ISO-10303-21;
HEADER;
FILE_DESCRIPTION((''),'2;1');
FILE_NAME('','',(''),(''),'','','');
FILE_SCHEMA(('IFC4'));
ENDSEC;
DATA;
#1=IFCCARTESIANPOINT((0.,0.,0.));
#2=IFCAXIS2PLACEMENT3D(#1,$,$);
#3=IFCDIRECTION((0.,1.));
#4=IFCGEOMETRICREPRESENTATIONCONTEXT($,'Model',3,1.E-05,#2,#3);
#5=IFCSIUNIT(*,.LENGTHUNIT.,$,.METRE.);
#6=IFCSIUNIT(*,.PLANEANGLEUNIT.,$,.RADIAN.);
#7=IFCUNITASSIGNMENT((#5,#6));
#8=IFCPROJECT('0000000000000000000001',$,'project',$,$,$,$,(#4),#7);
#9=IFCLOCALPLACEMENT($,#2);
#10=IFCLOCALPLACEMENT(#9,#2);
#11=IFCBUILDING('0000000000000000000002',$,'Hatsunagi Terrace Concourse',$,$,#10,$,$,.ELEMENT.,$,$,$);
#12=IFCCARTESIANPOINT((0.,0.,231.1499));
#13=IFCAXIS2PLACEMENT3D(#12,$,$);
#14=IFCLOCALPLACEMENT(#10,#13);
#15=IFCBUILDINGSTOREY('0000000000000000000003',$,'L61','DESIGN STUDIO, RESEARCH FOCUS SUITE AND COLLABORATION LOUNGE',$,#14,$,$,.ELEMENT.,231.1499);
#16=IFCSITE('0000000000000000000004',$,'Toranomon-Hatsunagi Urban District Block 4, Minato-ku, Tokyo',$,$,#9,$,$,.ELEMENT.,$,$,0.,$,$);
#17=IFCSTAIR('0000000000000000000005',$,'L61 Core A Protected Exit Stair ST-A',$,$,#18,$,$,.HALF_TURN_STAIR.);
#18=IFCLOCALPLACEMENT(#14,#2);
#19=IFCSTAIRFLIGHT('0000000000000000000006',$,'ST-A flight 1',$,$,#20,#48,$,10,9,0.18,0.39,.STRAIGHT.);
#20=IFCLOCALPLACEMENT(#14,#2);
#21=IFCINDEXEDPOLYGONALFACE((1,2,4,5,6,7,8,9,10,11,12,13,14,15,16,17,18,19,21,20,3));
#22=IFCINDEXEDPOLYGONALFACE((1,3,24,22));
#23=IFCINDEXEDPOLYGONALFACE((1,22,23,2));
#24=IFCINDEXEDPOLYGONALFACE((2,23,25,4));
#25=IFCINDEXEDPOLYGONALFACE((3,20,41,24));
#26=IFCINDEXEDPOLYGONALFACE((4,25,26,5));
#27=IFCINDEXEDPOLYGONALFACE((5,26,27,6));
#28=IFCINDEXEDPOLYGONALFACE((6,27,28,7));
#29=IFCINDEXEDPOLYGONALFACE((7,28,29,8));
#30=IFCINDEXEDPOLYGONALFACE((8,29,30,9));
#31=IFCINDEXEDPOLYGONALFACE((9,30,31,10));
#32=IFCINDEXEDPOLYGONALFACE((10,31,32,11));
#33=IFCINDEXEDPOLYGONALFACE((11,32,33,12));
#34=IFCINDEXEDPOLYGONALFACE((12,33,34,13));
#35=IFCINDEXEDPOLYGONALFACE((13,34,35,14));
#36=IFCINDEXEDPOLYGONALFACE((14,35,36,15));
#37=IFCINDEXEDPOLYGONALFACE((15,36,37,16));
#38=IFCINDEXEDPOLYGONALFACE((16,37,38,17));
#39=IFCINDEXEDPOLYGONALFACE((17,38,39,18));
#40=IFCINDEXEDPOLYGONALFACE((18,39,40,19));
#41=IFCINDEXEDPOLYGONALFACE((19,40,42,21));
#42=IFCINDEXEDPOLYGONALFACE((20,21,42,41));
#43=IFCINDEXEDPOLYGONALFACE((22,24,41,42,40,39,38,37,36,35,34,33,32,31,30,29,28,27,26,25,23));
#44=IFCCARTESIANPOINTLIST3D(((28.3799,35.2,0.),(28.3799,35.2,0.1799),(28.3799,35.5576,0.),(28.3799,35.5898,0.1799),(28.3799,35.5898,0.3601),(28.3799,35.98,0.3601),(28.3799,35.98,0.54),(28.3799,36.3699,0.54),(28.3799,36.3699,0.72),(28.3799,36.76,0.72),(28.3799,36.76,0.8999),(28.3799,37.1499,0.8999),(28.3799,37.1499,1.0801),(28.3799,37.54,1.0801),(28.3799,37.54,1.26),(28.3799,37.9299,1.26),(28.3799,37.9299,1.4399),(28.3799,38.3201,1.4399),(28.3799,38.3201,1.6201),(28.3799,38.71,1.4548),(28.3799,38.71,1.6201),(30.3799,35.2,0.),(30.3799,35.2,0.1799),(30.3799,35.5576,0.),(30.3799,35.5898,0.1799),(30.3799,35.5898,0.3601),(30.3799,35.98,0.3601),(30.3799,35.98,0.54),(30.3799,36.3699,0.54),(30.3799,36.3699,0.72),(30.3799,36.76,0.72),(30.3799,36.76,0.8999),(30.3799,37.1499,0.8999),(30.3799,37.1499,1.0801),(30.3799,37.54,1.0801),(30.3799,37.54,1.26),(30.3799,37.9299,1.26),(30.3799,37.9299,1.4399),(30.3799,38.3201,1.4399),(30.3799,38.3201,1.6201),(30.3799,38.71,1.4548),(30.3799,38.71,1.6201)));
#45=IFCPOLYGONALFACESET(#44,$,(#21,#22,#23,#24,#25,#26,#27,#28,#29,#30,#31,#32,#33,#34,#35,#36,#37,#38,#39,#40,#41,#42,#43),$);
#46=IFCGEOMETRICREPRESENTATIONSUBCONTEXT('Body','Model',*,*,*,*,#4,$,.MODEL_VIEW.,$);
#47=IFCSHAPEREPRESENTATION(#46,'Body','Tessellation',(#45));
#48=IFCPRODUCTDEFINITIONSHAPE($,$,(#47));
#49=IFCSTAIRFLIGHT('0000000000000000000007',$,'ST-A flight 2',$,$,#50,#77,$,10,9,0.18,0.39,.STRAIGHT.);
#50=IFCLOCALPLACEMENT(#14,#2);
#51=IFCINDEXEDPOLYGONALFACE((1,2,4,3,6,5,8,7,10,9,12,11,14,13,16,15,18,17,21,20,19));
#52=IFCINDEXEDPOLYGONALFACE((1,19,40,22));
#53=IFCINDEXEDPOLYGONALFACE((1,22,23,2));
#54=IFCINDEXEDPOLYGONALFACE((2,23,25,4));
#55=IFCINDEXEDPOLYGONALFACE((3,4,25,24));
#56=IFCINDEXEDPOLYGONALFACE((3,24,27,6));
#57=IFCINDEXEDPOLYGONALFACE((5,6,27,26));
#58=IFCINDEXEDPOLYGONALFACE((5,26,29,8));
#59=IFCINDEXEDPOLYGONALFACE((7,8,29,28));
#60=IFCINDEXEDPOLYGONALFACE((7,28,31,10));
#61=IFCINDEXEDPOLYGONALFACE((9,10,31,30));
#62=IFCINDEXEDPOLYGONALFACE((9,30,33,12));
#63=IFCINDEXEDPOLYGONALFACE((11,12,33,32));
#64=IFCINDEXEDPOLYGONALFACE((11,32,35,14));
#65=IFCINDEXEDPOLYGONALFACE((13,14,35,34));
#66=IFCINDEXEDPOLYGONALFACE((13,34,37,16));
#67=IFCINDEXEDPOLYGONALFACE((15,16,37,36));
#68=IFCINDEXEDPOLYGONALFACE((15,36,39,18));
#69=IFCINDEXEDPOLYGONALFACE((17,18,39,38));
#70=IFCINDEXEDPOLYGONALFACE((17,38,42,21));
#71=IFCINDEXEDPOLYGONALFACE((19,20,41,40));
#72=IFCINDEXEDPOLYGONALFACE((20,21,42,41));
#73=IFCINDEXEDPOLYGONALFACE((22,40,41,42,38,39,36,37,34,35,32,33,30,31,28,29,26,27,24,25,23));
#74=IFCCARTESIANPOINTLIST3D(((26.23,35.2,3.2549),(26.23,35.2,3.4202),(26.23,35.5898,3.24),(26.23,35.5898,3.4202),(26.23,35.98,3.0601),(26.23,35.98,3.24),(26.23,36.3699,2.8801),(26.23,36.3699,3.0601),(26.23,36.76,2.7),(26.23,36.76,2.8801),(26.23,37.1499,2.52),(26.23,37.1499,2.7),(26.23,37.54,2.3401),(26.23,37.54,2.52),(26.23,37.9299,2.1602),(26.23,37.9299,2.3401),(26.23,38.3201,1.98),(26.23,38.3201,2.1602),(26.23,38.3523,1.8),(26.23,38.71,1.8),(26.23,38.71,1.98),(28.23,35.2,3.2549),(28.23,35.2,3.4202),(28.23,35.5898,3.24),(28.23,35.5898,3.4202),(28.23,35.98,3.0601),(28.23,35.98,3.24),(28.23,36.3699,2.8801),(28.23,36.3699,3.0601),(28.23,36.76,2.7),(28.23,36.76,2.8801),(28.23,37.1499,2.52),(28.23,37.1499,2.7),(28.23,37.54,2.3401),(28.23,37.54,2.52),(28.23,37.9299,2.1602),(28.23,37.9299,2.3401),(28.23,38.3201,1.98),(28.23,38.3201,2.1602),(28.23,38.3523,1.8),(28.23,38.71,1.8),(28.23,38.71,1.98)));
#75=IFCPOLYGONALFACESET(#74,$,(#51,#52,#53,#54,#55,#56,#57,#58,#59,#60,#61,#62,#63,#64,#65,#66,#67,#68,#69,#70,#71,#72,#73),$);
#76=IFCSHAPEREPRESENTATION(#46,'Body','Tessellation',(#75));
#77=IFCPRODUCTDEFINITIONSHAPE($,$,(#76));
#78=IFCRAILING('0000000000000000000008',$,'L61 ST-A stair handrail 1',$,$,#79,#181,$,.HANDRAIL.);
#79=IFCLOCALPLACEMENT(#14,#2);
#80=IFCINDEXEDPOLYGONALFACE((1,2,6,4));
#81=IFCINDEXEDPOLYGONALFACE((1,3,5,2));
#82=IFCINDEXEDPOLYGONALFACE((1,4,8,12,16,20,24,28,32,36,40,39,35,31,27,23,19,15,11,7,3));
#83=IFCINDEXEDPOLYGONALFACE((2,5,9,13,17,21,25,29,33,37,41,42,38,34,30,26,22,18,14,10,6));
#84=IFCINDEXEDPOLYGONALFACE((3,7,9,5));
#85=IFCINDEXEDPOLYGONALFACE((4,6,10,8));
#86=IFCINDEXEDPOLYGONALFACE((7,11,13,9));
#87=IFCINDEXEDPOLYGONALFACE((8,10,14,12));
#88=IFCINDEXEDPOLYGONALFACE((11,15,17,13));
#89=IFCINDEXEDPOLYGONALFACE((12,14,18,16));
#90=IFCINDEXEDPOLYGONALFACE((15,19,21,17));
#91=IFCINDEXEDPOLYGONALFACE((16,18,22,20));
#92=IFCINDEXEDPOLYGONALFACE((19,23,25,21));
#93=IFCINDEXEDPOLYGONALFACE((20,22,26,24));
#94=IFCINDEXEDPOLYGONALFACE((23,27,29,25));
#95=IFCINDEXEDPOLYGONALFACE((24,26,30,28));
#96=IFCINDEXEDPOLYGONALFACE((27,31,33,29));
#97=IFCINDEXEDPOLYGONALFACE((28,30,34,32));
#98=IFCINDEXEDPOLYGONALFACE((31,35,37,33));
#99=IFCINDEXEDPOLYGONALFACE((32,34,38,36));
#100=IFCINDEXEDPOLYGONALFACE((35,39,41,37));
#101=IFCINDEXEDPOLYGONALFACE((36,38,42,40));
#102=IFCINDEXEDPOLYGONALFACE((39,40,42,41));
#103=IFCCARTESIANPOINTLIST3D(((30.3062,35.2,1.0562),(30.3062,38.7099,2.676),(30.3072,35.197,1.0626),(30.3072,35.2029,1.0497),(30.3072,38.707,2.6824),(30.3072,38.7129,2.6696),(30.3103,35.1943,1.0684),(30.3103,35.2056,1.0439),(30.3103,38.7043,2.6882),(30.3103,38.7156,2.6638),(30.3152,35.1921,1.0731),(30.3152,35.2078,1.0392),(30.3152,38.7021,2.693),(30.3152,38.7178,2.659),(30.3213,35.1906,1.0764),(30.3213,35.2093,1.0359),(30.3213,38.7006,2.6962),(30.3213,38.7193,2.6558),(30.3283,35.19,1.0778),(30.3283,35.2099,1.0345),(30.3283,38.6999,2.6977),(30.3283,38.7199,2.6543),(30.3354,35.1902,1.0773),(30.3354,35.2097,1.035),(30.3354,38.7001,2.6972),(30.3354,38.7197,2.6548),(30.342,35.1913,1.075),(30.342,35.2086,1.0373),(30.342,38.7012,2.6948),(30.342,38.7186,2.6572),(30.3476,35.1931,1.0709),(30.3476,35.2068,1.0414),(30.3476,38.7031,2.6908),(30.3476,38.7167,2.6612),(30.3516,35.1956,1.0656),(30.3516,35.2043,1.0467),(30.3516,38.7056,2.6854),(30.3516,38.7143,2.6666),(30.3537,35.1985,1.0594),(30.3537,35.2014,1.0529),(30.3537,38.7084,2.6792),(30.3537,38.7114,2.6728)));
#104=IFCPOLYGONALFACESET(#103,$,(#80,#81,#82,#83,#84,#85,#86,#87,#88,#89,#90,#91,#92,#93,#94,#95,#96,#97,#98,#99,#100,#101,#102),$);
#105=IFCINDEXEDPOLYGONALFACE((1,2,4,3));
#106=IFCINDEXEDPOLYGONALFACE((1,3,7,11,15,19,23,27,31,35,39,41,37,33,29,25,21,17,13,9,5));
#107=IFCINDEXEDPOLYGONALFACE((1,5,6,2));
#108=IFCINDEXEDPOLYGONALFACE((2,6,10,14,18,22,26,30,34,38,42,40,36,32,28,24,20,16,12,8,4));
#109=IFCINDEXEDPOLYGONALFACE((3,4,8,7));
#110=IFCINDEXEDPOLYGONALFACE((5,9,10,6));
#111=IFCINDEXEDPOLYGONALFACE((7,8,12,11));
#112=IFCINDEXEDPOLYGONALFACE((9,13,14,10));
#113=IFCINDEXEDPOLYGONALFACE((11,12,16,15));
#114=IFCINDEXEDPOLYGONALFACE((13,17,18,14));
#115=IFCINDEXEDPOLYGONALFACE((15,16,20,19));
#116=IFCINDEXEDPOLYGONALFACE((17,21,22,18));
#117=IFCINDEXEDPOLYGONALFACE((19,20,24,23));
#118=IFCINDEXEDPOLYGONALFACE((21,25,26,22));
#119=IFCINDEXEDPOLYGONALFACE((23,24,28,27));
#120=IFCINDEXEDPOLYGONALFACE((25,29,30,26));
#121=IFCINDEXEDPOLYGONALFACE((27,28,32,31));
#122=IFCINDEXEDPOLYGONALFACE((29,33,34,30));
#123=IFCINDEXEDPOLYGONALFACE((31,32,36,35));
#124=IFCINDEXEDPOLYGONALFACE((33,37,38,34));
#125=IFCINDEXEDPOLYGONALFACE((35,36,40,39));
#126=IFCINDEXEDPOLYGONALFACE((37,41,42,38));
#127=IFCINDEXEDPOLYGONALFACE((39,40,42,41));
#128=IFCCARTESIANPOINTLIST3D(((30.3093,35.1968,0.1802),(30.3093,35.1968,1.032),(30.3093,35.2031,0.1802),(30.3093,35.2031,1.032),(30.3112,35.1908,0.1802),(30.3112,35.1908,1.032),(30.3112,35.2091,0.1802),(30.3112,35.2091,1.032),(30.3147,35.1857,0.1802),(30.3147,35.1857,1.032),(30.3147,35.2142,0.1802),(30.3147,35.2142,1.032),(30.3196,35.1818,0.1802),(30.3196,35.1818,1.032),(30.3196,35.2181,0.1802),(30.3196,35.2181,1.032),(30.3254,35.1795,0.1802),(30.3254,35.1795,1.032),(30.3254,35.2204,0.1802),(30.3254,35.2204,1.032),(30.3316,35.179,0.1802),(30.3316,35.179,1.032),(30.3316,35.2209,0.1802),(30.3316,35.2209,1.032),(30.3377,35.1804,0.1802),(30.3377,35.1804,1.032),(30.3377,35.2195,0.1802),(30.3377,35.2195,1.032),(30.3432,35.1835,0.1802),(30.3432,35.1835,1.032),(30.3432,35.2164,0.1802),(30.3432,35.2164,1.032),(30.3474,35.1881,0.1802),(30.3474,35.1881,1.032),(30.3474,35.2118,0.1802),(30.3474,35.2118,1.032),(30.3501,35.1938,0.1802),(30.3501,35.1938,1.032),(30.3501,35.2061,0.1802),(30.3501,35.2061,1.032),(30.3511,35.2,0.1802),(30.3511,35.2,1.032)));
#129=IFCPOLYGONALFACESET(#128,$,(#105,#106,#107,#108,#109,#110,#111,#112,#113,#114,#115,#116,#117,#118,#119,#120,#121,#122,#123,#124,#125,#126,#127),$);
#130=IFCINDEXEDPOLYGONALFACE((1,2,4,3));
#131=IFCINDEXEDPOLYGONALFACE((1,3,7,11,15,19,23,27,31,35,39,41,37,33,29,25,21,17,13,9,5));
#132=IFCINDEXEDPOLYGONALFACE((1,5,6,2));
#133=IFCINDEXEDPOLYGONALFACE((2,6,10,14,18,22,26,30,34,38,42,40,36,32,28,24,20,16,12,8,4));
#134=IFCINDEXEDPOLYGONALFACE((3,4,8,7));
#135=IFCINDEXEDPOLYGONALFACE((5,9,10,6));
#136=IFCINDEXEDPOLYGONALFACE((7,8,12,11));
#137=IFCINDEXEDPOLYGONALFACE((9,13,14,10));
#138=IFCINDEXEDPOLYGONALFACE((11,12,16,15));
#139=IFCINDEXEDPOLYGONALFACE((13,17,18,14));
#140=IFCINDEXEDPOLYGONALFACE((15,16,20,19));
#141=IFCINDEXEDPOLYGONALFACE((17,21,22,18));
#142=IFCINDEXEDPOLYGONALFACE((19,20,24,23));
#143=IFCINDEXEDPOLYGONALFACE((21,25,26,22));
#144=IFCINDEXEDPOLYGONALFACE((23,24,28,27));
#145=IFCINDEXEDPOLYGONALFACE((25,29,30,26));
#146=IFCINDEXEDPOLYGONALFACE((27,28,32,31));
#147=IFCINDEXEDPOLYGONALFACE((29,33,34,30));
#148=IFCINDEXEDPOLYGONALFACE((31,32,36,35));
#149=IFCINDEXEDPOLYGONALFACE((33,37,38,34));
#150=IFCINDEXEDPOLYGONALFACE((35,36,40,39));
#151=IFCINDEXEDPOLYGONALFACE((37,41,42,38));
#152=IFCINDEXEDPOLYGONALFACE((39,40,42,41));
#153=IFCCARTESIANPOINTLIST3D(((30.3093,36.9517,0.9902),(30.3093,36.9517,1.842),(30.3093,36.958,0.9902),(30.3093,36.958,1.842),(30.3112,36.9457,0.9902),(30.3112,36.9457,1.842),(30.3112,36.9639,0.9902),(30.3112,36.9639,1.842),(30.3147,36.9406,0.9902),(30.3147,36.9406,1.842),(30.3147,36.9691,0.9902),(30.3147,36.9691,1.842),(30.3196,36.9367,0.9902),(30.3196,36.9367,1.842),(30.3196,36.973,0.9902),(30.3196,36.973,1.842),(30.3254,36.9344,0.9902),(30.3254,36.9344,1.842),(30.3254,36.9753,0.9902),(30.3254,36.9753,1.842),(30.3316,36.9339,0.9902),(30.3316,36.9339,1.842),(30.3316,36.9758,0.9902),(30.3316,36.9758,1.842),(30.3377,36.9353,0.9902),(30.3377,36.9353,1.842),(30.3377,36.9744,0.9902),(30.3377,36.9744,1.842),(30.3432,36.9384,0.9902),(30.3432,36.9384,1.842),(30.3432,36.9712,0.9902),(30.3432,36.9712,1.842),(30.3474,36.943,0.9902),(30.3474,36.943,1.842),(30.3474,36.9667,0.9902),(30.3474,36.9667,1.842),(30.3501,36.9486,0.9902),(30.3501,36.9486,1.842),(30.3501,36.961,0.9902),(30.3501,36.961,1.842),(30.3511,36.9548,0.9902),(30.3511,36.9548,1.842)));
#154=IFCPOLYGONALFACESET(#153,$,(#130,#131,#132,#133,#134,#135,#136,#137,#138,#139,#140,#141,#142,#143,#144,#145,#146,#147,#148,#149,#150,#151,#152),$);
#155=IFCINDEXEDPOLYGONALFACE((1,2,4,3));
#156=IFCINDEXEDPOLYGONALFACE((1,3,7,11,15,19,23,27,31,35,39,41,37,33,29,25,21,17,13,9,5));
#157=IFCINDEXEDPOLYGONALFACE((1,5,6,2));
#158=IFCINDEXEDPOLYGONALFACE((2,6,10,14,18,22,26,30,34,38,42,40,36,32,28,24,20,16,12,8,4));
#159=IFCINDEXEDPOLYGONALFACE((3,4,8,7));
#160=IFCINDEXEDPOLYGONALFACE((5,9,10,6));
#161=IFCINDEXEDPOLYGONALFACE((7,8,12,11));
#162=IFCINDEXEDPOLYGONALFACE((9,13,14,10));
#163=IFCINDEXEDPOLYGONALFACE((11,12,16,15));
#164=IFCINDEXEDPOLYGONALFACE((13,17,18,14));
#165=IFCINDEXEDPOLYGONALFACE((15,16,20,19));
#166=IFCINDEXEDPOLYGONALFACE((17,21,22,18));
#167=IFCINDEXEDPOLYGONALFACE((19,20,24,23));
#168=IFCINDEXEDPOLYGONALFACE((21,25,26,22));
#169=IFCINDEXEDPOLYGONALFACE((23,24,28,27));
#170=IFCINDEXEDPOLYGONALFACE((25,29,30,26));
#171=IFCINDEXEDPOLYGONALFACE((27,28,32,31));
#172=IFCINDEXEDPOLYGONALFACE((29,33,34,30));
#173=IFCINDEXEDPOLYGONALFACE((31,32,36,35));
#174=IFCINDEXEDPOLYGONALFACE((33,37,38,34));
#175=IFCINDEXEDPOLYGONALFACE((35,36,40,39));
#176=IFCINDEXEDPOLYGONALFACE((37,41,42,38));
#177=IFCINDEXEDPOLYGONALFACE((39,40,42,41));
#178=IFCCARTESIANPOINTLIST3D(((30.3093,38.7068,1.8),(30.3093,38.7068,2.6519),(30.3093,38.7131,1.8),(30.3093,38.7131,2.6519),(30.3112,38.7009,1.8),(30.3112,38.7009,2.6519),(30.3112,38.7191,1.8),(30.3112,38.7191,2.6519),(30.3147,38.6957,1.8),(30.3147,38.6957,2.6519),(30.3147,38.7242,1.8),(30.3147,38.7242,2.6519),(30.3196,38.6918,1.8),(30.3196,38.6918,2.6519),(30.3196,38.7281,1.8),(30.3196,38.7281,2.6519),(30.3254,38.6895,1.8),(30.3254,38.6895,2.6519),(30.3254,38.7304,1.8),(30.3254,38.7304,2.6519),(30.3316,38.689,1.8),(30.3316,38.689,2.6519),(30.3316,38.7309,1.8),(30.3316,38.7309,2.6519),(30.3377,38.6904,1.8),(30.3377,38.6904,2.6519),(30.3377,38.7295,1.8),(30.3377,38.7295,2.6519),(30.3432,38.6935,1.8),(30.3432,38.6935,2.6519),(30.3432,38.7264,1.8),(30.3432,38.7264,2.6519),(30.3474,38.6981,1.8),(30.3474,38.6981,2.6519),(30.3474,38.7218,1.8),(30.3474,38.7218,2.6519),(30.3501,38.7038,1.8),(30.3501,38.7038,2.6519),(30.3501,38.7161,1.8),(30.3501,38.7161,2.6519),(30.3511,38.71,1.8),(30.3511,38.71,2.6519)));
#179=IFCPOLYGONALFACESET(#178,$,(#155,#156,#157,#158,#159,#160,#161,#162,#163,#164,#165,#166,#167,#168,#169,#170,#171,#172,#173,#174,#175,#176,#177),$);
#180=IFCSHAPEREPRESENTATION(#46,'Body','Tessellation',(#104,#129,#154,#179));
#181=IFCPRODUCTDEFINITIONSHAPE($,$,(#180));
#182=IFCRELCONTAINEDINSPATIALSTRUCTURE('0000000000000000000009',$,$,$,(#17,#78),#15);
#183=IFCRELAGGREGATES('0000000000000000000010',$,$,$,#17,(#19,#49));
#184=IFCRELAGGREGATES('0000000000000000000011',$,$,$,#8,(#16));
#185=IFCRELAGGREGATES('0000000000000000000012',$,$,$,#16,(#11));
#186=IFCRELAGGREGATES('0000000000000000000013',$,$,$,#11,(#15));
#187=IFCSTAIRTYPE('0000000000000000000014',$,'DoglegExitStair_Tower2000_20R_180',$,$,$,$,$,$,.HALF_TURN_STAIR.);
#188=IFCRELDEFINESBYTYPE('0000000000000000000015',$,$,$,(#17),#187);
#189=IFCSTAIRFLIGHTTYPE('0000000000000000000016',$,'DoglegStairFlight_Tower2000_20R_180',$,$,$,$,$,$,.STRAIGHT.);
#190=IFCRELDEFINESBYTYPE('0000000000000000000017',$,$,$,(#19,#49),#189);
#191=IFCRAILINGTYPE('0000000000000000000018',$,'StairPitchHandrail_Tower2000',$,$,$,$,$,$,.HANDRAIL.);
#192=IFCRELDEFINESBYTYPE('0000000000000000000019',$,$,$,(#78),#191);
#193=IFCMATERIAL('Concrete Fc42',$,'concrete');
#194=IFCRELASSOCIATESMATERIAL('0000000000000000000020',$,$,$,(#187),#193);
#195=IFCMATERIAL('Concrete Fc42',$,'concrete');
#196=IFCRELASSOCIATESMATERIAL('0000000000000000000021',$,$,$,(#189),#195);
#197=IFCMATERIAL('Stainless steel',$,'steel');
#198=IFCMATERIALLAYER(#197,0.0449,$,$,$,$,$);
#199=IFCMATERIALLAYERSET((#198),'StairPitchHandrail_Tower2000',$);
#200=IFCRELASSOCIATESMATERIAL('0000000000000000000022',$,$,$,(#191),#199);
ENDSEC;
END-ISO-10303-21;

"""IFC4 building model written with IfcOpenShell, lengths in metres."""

from ifc_helpers import new_model, si_unit, direction, frame, origin, origin_2d, place, context, subcontext, project, spatial, polyline, circle, outline, extrude, material, layer, layer_set, type_object, element, aggregate, save


model = new_model("IFC4")

# Units and contexts
model_context = context("Model", 3, precision=1e-05, world=origin(), true_north=direction((0.0, 1.0)))
body_context = subcontext(model_context, "Body", "Model", "MODEL_VIEW")
ifc_project = project(units=[si_unit("LENGTHUNIT", "METRE"), si_unit("PLANEANGLEUNIT", "RADIAN")], contexts=[model_context])

# Site, building, storey
site_placement = place(None, origin())
site = spatial("IfcSite", under=ifc_project, at=site_placement, Name="Toranomon-Hatsunagi Urban District Block 4, Minato-ku, Tokyo", CompositionType="ELEMENT", RefElevation=0.0)
building_placement = place(site_placement, origin())
building = spatial("IfcBuilding", under=site, at=building_placement, Name="Hatsunagi Terrace Concourse", CompositionType="ELEMENT")
storey_placement = place(building_placement, frame((0.0, 0.0, 231.1499)))
storey = spatial("IfcBuildingStorey", under=building, at=storey_placement, Name="L61", Description="DESIGN STUDIO, RESEARCH FOCUS SUITE AND COLLABORATION LOUNGE", CompositionType="ELEMENT", Elevation=231.1499)

# Stair, stair flights
ifc_material_1 = material(Name="Concrete Fc42", Category="concrete")
stair_type = type_object("IfcStairType", Name="DoglegExitStair_Tower2000_20R_180", PredefinedType="HALF_TURN_STAIR", material=ifc_material_1)
stair_placement = place(storey_placement, origin())
stair = element("IfcStair", 1, at=stair_placement, inside=storey, type_object=stair_type, Name="L61 Core A Protected Exit Stair ST-A", PredefinedType="HALF_TURN_STAIR")
ifc_material_2 = material(Name="Concrete Fc42", Category="concrete")
stair_flight_type = type_object("IfcStairFlightType", Name="DoglegStairFlight_Tower2000_20R_180", PredefinedType="STRAIGHT", material=ifc_material_2)
stair_flight_1_placement = place(storey_placement, frame((29.3799, 35.2, 0.0), z_axis=(0.0, 0.0, 1.0), x_axis=(0.0, 1.0, 0.0)))
stair_flight_1 = element("IfcStairFlight", 2, at=stair_flight_1_placement, type_object=stair_flight_type, Name="ST-A flight 1", NumberOfRisers=10, NumberOfTreads=9, PredefinedType="STRAIGHT", RiserHeight=0.18, TreadLength=0.39, context=body_context, shape_type="SweptSolid", body=[
    extrude(outline(polyline([(0.0, 0.0), (0.0, 0.1799), (0.3899, 0.1799), (0.3899, 0.3601), (0.78, 0.3601), (0.78, 0.54), (1.1699, 0.54), (1.1699, 0.72), (1.5601, 0.72), (1.5601, 0.8999), (1.95, 0.8999), (1.95, 1.0801), (2.3401, 1.0801), (2.3401, 1.26), (2.73, 1.26), (2.73, 1.4399), (3.1201, 1.4399), (3.1201, 1.6201), (3.51, 1.6201), (3.51, 1.8), (3.51, 1.4548), (0.3577, 0.0), (0.0, 0.0)])), frame((0.0, 1.0, 0.0), z_axis=(0.0, -1.0, 0.0), x_axis=(1.0, 0.0, 0.0)), (0.0, 0.0, 1.0), 2.0),
])
stair_flight_2_placement = place(storey_placement, frame((27.23, 38.71, 1.8), z_axis=(0.0, 0.0, 1.0), x_axis=(0.0, -1.0, 0.0)))
stair_flight_2 = element("IfcStairFlight", 3, at=stair_flight_2_placement, type_object=stair_flight_type, Name="ST-A flight 2", NumberOfRisers=10, NumberOfTreads=9, PredefinedType="STRAIGHT", RiserHeight=0.18, TreadLength=0.39, context=body_context, shape_type="SweptSolid", body=[
    extrude(outline(polyline([(0.0, 0.0), (0.0, 0.1799), (0.3899, 0.1799), (0.3899, 0.3601), (0.78, 0.3601), (0.78, 0.54), (1.1699, 0.54), (1.1699, 0.72), (1.5601, 0.72), (1.5601, 0.8999), (1.95, 0.8999), (1.95, 1.0801), (2.3401, 1.0801), (2.3401, 1.26), (2.73, 1.26), (2.73, 1.4399), (3.1201, 1.4399), (3.1201, 1.6201), (3.51, 1.6201), (3.51, 1.8), (3.51, 1.4548), (0.3577, 0.0), (0.0, 0.0)])), frame((0.0, 1.0, 0.0), z_axis=(0.0, -1.0, 0.0), x_axis=(1.0, 0.0, 0.0)), (0.0, 0.0, 1.0), 2.0),
])
aggregate(stair, [stair_flight_1, stair_flight_2])

# Railing
ifc_material_3 = material(Name="Stainless steel", Category="steel")
ifc_layer_1 = layer(ifc_material_3, 0.0449)
ifc_layer_set_1 = layer_set([ifc_layer_1], Name="StairPitchHandrail_Tower2000")
railing_type_1 = type_object("IfcRailingType", Name="StairPitchHandrail_Tower2000", PredefinedType="HANDRAIL", material=ifc_layer_set_1)
railing_1_placement = place(storey_placement, frame((30.3301, 35.2, 0.1802)))
element("IfcRailing", 4, at=railing_1_placement, inside=storey, type_object=railing_type_1, Name="L61 ST-A stair handrail 1", PredefinedType="HANDRAIL", context=body_context, shape_type="SweptSolid", body=[
    extrude(circle(Radius=0.0239, at=origin_2d()), frame((0.0, 0.0, 0.876), z_axis=(0.0, 0.907972, 0.41903), x_axis=(-1.0, 0.0, 0.0)), (0.0, 0.0, 1.0), 3.8657),
    extrude(circle(Radius=0.021, at=origin_2d()), origin(), (0.0, 0.0, 1.0), 0.8518),
    extrude(circle(Radius=0.021, at=origin_2d()), frame((0.0, 1.7549, 0.8101)), (0.0, 0.0, 1.0), 0.8518),
    extrude(circle(Radius=0.021, at=origin_2d()), frame((0.0, 3.51, 1.6199)), (0.0, 0.0, 1.0), 0.8518),
])

save(model, "model.ifc")
